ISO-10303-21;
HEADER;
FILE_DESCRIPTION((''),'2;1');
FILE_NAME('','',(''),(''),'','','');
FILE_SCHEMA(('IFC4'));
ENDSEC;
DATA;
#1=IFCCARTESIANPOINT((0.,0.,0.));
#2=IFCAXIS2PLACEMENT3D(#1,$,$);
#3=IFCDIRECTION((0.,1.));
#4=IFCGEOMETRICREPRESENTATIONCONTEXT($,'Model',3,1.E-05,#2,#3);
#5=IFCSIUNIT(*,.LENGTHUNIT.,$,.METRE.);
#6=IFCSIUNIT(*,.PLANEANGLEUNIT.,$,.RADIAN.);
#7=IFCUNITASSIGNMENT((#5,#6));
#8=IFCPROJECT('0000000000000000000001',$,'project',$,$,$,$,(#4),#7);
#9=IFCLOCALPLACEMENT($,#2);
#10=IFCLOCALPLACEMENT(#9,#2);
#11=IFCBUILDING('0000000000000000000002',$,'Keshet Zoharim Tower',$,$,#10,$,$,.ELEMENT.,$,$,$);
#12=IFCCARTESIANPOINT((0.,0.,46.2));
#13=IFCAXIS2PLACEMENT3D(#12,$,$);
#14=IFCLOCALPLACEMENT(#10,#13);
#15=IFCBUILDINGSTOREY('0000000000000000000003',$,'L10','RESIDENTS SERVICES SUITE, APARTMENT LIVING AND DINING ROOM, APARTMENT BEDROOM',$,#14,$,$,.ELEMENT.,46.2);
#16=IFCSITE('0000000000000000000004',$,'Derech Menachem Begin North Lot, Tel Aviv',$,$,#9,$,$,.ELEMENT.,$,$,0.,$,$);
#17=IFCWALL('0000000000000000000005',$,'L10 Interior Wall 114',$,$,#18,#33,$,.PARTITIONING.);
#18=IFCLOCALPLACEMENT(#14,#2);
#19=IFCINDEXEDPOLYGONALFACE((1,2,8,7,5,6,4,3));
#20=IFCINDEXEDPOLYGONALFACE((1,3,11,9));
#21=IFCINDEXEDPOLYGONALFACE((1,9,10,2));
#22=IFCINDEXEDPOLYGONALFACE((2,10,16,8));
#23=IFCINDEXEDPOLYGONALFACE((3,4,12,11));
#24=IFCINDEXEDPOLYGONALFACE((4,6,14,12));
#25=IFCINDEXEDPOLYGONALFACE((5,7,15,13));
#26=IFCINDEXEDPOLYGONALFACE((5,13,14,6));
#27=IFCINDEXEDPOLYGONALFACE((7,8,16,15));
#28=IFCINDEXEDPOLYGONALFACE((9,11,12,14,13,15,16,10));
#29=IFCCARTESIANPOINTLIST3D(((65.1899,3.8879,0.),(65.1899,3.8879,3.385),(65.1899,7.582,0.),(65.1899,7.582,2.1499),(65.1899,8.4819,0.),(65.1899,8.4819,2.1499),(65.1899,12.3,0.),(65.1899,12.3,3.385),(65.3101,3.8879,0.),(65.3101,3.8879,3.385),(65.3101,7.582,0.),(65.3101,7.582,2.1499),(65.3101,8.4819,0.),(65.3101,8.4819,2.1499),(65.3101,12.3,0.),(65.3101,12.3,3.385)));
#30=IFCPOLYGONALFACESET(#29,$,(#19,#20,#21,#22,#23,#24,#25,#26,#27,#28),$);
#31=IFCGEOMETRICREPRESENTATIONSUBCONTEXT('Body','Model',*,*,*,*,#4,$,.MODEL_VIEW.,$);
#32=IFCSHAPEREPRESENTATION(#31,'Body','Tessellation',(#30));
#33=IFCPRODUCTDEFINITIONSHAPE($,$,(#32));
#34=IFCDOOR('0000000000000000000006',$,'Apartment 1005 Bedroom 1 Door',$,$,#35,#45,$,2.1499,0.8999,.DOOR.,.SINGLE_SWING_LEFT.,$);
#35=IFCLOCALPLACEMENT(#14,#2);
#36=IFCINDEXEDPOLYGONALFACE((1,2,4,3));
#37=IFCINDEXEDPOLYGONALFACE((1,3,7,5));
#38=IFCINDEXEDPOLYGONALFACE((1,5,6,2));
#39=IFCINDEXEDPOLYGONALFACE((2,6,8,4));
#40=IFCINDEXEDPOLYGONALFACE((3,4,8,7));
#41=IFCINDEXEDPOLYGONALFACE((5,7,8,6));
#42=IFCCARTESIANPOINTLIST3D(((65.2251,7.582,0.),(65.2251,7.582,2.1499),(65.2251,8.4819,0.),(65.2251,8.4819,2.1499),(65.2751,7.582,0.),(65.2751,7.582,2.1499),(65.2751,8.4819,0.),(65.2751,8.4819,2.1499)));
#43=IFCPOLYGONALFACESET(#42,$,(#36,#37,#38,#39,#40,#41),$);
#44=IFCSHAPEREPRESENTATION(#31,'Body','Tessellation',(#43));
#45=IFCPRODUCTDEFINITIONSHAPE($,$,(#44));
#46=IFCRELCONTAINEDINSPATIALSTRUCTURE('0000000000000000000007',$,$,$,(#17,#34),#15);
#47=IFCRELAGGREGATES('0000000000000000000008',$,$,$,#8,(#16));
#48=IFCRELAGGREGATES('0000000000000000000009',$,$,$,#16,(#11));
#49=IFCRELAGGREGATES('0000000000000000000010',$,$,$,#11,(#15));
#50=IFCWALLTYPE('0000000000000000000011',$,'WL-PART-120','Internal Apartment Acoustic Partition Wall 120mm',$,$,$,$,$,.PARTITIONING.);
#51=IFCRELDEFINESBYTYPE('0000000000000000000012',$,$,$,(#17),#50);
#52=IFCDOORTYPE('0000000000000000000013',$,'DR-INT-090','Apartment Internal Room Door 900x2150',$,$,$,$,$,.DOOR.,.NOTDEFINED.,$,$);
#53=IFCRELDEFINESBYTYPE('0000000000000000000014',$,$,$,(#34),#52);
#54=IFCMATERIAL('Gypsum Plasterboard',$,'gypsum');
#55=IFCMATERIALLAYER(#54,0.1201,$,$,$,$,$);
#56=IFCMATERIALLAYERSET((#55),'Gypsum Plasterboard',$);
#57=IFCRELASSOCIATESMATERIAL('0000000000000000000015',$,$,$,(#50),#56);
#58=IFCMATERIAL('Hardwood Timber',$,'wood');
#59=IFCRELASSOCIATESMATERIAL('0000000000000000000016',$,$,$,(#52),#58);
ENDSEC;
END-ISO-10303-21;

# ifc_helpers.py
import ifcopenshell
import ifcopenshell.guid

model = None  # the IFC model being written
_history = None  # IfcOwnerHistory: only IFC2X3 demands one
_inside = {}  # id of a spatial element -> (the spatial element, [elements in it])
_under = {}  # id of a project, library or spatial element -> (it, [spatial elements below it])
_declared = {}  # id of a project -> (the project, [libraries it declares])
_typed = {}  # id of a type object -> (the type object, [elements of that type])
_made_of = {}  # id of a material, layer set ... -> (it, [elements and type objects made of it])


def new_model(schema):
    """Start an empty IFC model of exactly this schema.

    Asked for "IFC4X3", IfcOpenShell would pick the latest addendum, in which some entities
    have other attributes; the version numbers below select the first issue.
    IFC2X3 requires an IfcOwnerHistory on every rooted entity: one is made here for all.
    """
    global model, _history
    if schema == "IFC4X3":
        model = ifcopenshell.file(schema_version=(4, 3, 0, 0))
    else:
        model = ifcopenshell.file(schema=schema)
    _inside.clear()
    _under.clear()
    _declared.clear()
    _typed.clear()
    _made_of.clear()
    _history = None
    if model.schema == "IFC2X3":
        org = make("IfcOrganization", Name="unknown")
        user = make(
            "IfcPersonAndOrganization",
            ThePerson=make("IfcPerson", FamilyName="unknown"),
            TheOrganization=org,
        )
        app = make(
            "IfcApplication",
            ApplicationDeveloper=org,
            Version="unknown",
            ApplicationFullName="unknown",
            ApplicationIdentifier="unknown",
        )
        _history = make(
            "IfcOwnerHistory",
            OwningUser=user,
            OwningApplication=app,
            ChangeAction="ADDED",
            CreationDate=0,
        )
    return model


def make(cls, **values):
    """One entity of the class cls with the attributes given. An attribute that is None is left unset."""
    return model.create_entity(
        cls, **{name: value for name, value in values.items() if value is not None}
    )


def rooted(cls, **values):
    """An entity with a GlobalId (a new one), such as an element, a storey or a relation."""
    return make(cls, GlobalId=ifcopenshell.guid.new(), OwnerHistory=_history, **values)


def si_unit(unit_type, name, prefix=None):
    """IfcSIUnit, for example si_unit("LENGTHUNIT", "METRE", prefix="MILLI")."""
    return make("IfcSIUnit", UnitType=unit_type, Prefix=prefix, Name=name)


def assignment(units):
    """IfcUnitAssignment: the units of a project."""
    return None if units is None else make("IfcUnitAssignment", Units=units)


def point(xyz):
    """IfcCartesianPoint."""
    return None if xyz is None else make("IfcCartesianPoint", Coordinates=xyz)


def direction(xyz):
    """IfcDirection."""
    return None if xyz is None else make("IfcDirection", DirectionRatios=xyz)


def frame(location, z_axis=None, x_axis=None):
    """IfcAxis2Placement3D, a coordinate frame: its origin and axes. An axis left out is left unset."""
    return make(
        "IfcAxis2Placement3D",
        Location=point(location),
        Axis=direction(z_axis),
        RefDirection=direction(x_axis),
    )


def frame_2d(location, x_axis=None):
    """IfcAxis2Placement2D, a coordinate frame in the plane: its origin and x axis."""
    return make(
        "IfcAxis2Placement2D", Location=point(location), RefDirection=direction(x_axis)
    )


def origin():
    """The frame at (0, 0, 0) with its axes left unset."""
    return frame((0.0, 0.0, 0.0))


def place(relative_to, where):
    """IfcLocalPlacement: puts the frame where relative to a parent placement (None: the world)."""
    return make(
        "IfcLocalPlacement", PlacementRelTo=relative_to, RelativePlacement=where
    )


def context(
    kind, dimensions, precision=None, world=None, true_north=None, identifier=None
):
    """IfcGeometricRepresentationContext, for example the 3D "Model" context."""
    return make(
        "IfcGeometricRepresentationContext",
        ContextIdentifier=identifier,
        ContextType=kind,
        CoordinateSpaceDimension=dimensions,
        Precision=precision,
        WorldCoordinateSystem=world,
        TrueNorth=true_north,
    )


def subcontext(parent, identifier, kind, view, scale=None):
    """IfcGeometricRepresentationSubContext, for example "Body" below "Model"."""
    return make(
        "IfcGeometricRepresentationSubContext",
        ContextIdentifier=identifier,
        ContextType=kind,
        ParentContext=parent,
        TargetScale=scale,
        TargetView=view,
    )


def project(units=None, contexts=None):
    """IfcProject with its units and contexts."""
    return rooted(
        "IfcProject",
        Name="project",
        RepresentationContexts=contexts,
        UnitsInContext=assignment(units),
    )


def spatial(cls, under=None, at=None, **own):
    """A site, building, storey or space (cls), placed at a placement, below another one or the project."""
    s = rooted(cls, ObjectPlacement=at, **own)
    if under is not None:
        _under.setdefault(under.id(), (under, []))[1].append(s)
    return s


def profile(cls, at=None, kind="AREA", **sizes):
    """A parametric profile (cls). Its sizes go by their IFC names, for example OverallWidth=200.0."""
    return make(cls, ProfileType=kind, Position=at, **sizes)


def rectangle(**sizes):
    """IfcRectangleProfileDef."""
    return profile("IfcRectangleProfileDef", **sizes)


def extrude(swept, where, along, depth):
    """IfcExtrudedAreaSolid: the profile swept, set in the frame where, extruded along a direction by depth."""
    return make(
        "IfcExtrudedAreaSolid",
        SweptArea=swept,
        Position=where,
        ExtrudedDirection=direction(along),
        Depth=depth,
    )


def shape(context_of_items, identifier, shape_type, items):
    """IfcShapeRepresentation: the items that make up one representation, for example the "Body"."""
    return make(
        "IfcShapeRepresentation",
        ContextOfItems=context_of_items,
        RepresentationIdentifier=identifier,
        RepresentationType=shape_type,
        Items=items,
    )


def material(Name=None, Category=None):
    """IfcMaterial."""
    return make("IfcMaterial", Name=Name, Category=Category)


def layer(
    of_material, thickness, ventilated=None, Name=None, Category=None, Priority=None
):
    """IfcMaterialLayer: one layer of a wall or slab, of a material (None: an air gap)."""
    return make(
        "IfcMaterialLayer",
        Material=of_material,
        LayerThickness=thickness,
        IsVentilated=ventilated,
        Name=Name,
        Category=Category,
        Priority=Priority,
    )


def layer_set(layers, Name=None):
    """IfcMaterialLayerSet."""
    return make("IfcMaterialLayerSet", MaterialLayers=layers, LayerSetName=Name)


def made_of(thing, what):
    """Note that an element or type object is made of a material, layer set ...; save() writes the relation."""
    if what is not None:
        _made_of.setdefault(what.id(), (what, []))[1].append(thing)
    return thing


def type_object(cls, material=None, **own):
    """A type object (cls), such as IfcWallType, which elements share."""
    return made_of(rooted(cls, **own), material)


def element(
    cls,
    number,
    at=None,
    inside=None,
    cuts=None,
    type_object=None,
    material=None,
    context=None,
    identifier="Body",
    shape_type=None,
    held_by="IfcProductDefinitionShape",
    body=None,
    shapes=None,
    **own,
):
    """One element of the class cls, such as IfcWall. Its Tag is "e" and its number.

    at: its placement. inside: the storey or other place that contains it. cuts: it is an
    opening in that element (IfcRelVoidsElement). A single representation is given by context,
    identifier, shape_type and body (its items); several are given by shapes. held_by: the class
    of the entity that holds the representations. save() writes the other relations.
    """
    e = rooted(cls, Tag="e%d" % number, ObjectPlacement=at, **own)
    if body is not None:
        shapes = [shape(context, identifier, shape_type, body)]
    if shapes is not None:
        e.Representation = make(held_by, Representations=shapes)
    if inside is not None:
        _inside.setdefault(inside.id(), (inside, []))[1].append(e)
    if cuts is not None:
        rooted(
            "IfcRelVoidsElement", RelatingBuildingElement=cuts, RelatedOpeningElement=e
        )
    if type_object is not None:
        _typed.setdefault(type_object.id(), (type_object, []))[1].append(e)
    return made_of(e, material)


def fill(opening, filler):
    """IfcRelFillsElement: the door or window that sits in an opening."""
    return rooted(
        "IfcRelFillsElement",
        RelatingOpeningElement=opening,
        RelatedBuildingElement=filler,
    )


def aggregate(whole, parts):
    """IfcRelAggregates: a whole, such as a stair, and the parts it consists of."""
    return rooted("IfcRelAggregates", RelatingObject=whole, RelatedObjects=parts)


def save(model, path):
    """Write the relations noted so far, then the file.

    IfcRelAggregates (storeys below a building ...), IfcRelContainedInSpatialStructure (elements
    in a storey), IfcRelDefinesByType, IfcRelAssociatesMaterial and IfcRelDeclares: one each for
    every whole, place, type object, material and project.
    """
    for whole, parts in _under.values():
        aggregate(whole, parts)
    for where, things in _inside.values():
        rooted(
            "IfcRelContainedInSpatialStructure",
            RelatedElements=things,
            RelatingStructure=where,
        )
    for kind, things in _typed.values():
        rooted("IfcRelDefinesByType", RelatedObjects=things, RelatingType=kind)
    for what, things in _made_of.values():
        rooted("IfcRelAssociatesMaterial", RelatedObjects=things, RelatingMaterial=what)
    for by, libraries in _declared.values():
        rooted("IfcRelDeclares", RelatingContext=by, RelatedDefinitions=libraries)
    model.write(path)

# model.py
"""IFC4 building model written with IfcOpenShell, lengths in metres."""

from ifc_helpers import new_model, si_unit, direction, frame, frame_2d, origin, place, context, subcontext, project, spatial, rectangle, extrude, material, layer, layer_set, type_object, element, fill, save


model = new_model("IFC4")

# Units and contexts
model_context = context("Model", 3, precision=1e-05, world=origin(), true_north=direction((0.0, 1.0)))
body_context = subcontext(model_context, "Body", "Model", "MODEL_VIEW")
ifc_project = project(units=[si_unit("LENGTHUNIT", "METRE"), si_unit("PLANEANGLEUNIT", "RADIAN")], contexts=[model_context])

# Site, building, storey
site_placement = place(None, origin())
site = spatial("IfcSite", under=ifc_project, at=site_placement, Name="Derech Menachem Begin North Lot, Tel Aviv", CompositionType="ELEMENT", RefElevation=0.0)
building_placement = place(site_placement, origin())
building = spatial("IfcBuilding", under=site, at=building_placement, Name="Keshet Zoharim Tower", CompositionType="ELEMENT")
storey_placement = place(building_placement, frame((0.0, 0.0, 46.2)))
storey = spatial("IfcBuildingStorey", under=building, at=storey_placement, Name="L10", Description="RESIDENTS SERVICES SUITE, APARTMENT LIVING AND DINING ROOM, APARTMENT BEDROOM", CompositionType="ELEMENT", Elevation=46.2)

# Shared definitions
ifc_material_1 = material(Name="Gypsum Plasterboard", Category="gypsum")
ifc_layer_1 = layer(ifc_material_1, 0.1201)
ifc_layer_set_1 = layer_set([ifc_layer_1], Name="Gypsum Plasterboard")
wall_type = type_object("IfcWallType", Name="WL-PART-120", Description="Internal Apartment Acoustic Partition Wall 120mm", PredefinedType="PARTITIONING", material=ifc_layer_set_1)

# Wall, opening, door
wall_1_placement = place(storey_placement, frame((65.25, 3.8879, 0.0), z_axis=(0.0, 0.0, 1.0), x_axis=(0.0, 1.0, 0.0)))
wall_1 = element("IfcWall", 1, at=wall_1_placement, inside=storey, type_object=wall_type, Name="L10 Interior Wall 114", PredefinedType="PARTITIONING", context=body_context, shape_type="SweptSolid", body=[
    extrude(rectangle(XDim=8.4121, YDim=0.1201, at=frame_2d((4.2061, 0.0))), origin(), (0.0, 0.0, 1.0), 3.385),
])
opening_placement = place(wall_1_placement, frame((3.6941, 0.0, 0.0)))
opening = element("IfcOpeningElement", 2, at=opening_placement, cuts=wall_1, PredefinedType="OPENING", context=body_context, shape_type="SweptSolid", body=[
    extrude(rectangle(XDim=0.8999, YDim=2.1499, at=frame_2d((0.45, 1.075))), frame((0.0, 0.0701, 0.0), z_axis=(0.0, -1.0, 0.0), x_axis=(1.0, 0.0, 0.0)), (0.0, 0.0, 1.0), 0.1401),
])
ifc_material_2 = material(Name="Hardwood Timber", Category="wood")
door_type = type_object("IfcDoorType", Name="DR-INT-090", Description="Apartment Internal Room Door 900x2150", OperationType="NOTDEFINED", PredefinedType="DOOR", material=ifc_material_2)
door_placement = place(opening_placement, origin())
door = element("IfcDoor", 3, at=door_placement, inside=storey, type_object=door_type, Name="Apartment 1005 Bedroom 1 Door", OperationType="SINGLE_SWING_LEFT", OverallHeight=2.1499, OverallWidth=0.8999, PredefinedType="DOOR", context=body_context, shape_type="SweptSolid", body=[
    extrude(rectangle(XDim=0.8999, YDim=2.1499, at=frame_2d((0.45, 1.075))), frame((0.0, 0.0249, 0.0), z_axis=(0.0, -1.0, 0.0), x_axis=(1.0, 0.0, 0.0)), (0.0, 0.0, 1.0), 0.05),
])
fill(opening, door)

save(model, "model.ifc")
